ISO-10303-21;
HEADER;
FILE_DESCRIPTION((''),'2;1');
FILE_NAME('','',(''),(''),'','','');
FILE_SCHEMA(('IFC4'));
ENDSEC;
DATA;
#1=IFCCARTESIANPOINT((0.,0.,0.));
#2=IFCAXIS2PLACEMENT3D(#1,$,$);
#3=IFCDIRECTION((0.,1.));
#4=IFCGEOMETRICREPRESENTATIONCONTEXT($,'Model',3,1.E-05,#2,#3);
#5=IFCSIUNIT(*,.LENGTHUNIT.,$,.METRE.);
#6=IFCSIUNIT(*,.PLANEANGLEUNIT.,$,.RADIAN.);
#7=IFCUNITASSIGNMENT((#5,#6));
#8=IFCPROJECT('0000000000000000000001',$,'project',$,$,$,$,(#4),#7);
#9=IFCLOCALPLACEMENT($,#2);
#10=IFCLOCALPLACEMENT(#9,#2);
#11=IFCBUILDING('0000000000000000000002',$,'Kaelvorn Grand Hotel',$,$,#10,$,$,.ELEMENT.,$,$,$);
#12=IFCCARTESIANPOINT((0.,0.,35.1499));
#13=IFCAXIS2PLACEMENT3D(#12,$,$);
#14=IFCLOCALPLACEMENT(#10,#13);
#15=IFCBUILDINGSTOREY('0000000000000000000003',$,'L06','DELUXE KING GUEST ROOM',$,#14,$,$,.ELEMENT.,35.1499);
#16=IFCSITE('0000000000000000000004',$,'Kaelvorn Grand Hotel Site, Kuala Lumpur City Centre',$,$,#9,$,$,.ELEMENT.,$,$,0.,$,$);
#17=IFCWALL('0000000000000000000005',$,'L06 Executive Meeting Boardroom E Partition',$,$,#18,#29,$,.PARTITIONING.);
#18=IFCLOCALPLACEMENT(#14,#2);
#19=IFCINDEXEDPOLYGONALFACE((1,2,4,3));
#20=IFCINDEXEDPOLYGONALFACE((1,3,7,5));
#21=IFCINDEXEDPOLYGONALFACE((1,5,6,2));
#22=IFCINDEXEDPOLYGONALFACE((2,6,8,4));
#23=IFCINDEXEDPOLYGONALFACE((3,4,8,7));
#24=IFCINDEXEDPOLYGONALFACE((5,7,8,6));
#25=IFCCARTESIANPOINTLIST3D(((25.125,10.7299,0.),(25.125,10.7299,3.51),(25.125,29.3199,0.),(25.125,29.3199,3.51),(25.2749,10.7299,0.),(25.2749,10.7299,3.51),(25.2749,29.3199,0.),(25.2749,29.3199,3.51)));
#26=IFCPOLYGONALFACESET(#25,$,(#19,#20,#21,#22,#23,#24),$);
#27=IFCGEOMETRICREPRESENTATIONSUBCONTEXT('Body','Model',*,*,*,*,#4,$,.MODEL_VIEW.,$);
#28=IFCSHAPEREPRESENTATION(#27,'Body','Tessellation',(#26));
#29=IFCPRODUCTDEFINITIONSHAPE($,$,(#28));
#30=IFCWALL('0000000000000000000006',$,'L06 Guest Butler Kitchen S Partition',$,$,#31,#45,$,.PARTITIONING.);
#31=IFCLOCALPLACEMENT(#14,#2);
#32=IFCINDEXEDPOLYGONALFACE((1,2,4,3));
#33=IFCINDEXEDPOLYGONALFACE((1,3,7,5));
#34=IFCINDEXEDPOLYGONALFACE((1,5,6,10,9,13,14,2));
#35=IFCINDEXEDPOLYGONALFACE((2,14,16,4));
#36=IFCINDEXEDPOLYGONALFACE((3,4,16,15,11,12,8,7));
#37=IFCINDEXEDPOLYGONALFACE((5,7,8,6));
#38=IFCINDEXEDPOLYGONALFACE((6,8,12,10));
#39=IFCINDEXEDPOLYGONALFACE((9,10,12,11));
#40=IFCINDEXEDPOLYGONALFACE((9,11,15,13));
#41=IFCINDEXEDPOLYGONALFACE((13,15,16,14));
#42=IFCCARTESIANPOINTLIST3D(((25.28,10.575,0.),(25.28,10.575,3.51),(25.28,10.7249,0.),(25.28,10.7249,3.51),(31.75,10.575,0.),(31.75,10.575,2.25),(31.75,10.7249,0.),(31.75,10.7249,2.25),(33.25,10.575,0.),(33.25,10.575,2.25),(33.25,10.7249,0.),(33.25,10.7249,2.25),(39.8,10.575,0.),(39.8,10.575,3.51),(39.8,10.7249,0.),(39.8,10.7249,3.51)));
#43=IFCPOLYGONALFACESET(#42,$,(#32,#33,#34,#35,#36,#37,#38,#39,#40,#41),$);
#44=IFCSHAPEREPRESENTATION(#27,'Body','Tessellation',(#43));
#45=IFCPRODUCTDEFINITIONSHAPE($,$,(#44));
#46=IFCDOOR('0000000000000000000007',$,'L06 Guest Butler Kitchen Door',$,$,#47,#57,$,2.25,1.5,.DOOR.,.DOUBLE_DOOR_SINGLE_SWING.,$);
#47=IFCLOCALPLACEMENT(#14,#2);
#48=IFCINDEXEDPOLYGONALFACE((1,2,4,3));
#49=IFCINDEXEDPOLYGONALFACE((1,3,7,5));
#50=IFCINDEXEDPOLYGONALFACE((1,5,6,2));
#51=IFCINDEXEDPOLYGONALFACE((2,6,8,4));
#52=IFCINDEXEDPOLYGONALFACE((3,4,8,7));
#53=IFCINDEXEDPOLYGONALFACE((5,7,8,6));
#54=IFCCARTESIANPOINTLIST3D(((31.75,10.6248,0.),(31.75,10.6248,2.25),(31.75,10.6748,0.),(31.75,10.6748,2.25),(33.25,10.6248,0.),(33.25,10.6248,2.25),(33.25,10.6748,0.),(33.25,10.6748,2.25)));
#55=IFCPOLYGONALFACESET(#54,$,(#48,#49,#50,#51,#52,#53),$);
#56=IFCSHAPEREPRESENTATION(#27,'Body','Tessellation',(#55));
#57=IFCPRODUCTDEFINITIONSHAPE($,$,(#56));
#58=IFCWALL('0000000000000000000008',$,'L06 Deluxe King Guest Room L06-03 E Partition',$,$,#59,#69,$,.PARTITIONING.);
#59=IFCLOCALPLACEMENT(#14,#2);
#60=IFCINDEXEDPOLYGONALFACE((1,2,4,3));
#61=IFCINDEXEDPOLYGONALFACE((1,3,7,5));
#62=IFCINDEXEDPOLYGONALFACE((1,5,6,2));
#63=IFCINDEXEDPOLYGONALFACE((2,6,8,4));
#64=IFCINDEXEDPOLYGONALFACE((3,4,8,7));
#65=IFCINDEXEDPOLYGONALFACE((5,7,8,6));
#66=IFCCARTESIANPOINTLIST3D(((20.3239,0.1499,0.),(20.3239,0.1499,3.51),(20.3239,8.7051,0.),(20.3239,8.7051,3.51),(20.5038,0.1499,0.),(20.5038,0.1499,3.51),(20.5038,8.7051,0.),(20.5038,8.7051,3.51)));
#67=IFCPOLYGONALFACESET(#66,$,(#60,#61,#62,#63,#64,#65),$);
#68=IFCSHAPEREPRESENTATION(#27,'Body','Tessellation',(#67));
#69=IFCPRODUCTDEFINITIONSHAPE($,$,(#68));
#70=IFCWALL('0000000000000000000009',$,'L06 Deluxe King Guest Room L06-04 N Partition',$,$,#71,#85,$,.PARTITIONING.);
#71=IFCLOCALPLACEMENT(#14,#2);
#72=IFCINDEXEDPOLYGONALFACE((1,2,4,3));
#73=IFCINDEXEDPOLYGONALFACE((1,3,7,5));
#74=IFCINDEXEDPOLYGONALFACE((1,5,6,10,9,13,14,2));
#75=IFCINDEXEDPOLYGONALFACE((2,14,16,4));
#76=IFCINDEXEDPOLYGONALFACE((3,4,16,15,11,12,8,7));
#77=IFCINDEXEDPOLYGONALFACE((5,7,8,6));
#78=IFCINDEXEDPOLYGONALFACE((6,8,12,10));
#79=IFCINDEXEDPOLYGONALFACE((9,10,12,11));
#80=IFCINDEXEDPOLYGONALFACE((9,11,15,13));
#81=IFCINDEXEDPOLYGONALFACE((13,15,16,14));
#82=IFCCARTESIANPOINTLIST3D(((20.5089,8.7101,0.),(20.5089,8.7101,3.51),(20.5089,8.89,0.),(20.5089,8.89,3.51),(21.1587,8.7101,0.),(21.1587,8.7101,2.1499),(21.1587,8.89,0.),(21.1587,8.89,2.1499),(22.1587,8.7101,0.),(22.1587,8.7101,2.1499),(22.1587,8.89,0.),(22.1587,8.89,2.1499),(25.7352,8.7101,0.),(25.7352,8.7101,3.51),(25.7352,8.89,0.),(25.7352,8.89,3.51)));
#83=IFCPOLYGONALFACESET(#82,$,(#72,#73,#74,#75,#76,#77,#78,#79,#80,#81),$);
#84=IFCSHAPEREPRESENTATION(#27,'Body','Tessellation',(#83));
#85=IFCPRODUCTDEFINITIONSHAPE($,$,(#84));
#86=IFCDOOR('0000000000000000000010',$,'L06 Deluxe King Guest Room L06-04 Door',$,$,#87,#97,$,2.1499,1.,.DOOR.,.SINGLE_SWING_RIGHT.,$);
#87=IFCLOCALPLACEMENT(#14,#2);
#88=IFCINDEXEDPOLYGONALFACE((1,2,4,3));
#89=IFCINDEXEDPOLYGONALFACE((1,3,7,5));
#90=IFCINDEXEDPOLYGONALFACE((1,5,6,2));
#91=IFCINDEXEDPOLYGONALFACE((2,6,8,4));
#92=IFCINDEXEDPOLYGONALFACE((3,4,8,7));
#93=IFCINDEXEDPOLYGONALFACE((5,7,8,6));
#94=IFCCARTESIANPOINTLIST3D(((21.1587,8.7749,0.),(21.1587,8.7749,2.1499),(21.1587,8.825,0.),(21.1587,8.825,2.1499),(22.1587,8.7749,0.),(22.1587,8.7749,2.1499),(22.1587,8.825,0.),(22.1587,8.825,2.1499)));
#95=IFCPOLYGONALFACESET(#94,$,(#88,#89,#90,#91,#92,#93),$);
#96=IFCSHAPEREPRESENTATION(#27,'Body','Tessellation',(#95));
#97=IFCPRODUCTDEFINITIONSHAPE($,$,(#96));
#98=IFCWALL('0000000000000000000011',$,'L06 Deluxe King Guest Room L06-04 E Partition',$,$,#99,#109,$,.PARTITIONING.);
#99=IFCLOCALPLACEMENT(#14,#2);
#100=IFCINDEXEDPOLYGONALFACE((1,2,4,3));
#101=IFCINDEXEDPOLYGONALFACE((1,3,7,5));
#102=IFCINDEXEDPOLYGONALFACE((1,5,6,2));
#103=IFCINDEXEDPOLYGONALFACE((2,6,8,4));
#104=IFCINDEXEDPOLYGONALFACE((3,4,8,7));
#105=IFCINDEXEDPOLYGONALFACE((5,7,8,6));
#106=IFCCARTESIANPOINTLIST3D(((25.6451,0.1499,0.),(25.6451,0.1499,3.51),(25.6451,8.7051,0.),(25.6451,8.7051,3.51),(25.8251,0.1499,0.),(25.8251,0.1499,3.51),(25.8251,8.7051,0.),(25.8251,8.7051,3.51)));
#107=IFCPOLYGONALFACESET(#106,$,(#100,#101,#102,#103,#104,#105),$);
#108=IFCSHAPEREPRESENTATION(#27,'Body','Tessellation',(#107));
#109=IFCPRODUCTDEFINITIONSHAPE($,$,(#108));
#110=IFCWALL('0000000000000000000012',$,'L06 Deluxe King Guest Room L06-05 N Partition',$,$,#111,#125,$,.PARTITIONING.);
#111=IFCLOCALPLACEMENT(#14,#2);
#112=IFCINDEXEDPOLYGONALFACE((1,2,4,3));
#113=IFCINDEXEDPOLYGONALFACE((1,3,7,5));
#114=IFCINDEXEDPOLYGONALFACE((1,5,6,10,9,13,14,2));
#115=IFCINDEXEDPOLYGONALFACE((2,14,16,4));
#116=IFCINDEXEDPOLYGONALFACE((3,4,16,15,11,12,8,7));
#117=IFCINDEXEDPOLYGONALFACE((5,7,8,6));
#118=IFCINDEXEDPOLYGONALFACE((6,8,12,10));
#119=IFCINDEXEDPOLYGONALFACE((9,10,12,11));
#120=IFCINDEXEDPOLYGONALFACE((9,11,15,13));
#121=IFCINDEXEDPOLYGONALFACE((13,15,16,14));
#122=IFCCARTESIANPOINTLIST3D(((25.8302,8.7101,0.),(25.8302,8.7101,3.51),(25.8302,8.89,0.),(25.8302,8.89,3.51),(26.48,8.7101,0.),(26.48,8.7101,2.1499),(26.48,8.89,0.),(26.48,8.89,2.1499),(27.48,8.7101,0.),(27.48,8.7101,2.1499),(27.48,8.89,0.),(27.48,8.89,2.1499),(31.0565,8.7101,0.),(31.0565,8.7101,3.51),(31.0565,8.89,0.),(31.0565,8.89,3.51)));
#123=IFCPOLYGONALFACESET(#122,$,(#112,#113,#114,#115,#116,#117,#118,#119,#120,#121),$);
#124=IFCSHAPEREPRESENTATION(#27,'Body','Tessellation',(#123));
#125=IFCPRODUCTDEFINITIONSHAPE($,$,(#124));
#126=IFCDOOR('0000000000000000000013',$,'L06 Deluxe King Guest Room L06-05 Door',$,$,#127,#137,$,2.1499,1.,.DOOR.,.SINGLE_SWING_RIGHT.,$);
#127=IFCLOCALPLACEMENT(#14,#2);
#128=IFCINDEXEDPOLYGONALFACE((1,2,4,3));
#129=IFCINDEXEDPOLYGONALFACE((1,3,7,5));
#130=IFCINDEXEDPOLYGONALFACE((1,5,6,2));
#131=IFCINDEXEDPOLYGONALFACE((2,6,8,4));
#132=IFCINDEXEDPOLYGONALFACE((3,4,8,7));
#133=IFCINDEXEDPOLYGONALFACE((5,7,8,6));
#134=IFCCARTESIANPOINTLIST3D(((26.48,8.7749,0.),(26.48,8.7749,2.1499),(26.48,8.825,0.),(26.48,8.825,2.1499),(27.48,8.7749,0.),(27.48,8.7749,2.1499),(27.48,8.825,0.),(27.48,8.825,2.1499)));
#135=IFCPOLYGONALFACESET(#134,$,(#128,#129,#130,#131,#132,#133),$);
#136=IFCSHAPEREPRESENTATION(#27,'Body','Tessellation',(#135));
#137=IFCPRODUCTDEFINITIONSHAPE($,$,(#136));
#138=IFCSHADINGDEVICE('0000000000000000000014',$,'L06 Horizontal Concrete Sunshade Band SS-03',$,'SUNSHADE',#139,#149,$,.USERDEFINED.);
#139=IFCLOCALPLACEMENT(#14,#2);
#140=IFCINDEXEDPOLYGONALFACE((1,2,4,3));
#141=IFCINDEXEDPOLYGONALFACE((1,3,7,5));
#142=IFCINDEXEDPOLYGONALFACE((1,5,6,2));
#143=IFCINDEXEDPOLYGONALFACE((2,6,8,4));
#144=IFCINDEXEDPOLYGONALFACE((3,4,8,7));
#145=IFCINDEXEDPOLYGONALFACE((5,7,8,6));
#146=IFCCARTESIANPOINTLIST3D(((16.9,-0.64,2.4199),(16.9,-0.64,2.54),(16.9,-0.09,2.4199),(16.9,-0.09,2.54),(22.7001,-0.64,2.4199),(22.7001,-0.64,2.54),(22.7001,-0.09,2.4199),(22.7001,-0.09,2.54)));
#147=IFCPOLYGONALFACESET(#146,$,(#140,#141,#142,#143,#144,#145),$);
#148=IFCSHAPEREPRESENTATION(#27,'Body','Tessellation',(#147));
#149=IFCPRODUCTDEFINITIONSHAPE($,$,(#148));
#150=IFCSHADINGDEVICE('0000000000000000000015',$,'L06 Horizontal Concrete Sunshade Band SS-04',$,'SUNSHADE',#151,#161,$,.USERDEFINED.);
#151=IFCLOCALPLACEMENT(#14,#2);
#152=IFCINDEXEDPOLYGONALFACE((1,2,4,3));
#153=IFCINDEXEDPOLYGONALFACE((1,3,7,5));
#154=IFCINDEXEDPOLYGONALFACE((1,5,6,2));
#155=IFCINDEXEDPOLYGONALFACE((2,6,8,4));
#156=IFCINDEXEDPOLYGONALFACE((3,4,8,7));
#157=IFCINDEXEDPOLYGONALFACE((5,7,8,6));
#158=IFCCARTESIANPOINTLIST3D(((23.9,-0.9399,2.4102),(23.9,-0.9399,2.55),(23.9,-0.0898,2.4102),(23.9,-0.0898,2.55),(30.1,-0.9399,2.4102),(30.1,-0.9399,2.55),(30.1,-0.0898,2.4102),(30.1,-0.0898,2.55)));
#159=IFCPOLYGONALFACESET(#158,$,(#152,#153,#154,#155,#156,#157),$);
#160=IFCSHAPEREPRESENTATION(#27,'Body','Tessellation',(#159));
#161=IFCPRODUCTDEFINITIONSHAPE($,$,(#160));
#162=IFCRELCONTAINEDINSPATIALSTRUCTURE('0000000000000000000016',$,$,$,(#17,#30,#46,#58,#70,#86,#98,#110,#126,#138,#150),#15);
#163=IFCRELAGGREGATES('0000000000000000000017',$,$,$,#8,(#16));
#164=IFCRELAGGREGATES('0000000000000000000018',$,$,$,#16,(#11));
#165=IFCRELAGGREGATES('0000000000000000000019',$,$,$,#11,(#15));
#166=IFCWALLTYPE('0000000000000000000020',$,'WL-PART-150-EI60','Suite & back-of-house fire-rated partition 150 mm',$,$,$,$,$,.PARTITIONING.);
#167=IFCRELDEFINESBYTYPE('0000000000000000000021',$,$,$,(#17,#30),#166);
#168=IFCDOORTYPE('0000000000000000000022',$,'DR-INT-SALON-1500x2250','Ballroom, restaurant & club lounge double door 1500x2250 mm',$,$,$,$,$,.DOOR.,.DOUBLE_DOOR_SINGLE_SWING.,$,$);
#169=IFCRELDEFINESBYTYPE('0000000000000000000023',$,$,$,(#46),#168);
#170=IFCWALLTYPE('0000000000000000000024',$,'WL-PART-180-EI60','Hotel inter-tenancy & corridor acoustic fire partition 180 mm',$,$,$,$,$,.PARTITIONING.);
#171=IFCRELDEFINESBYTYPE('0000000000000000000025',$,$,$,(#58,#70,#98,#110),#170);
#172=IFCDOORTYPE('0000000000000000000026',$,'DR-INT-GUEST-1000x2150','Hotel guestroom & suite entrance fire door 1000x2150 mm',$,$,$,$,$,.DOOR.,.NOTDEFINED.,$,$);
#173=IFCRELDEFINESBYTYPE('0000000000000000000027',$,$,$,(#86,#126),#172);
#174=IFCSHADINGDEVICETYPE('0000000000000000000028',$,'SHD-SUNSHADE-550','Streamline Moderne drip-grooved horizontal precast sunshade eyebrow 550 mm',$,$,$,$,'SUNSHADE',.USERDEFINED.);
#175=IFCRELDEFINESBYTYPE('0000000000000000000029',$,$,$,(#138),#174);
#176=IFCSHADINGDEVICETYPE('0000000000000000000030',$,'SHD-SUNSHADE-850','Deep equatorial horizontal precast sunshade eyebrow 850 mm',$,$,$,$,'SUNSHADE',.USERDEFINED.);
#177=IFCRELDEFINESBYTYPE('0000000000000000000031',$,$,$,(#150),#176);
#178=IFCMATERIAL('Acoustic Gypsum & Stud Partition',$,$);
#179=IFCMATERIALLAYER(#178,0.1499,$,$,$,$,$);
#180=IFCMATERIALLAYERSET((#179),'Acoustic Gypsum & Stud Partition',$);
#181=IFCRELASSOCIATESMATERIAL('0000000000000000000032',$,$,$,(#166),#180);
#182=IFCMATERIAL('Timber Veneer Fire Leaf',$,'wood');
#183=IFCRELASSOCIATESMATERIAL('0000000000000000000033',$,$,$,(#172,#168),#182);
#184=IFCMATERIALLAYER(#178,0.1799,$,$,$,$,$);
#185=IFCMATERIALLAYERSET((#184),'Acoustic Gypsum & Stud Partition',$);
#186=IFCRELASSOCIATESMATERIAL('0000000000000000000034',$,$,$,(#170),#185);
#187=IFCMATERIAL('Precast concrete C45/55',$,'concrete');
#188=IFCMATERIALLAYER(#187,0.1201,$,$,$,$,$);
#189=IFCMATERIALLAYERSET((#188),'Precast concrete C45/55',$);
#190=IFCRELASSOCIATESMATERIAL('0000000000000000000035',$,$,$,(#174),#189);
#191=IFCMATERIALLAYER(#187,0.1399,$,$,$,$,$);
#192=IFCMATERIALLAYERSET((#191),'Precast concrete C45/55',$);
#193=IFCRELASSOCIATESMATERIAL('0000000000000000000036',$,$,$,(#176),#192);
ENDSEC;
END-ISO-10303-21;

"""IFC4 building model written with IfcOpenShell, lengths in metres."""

from ifc_helpers import new_model, si_unit, direction, frame, frame_2d, origin, origin_2d, place, context, subcontext, project, spatial, rectangle, extrude, material, layer, layer_set, type_object, element, fill, save


model = new_model("IFC4")

# Units and contexts
model_context = context("Model", 3, precision=1e-05, world=origin(), true_north=direction((0.0, 1.0)))
body_context = subcontext(model_context, "Body", "Model", "MODEL_VIEW")
ifc_project = project(units=[si_unit("LENGTHUNIT", "METRE"), si_unit("PLANEANGLEUNIT", "RADIAN")], contexts=[model_context])

# Site, building, storey
site_placement = place(None, origin())
site = spatial("IfcSite", under=ifc_project, at=site_placement, Name="Kaelvorn Grand Hotel Site, Kuala Lumpur City Centre", CompositionType="ELEMENT", RefElevation=0.0)
building_placement = place(site_placement, origin())
building = spatial("IfcBuilding", under=site, at=building_placement, Name="Kaelvorn Grand Hotel", CompositionType="ELEMENT")
storey_placement = place(building_placement, frame((0.0, 0.0, 35.1499)))
storey = spatial("IfcBuildingStorey", under=building, at=storey_placement, Name="L06", Description="DELUXE KING GUEST ROOM", CompositionType="ELEMENT", Elevation=35.1499)

# Shared definitions
ifc_material_1 = material(Name="Acoustic Gypsum & Stud Partition")
ifc_layer_1 = layer(ifc_material_1, 0.1499)
ifc_layer_set_1 = layer_set([ifc_layer_1], Name="Acoustic Gypsum & Stud Partition")
wall_type_1 = type_object("IfcWallType", Name="WL-PART-150-EI60", Description="Suite & back-of-house fire-rated partition 150 mm", PredefinedType="PARTITIONING", material=ifc_layer_set_1)
ifc_material_2 = material(Name="Timber Veneer Fire Leaf", Category="wood")
door_type_1 = type_object("IfcDoorType", Name="DR-INT-GUEST-1000x2150", Description="Hotel guestroom & suite entrance fire door 1000x2150 mm", OperationType="NOTDEFINED", PredefinedType="DOOR", material=ifc_material_2)

# Wall
wall_1_placement = place(storey_placement, frame((25.2, 10.73, 0.0), z_axis=(0.0, 0.0, 1.0), x_axis=(0.0, 1.0, 0.0)))
element("IfcWall", 1, at=wall_1_placement, inside=storey, type_object=wall_type_1, Name="L06 Executive Meeting Boardroom E Partition", PredefinedType="PARTITIONING", context=body_context, shape_type="SweptSolid", body=[
    extrude(rectangle(XDim=18.5901, YDim=0.1499, at=frame_2d((9.2949, 0.0))), origin(), (0.0, 0.0, 1.0), 3.51),
])

# Wall, opening, door
wall_2_placement = place(storey_placement, frame((25.28, 10.6499, 0.0), z_axis=(0.0, 0.0, 1.0), x_axis=(1.0, 0.0, 0.0)))
wall_2 = element("IfcWall", 2, at=wall_2_placement, inside=storey, type_object=wall_type_1, Name="L06 Guest Butler Kitchen S Partition", PredefinedType="PARTITIONING", context=body_context, shape_type="SweptSolid", body=[
    extrude(rectangle(XDim=14.52, YDim=0.1499, at=frame_2d((7.26, 0.0))), origin(), (0.0, 0.0, 1.0), 3.51),
])
opening_1_placement = place(wall_2_placement, frame((6.47, 0.0, 0.0)))
opening_1 = element("IfcOpeningElement", 3, at=opening_1_placement, cuts=wall_2, PredefinedType="OPENING", context=body_context, shape_type="SweptSolid", body=[
    extrude(rectangle(XDim=1.5, YDim=2.25, at=frame_2d((0.75, 1.125))), frame((0.0, 0.085, 0.0), z_axis=(0.0, -1.0, 0.0), x_axis=(1.0, 0.0, 0.0)), (0.0, 0.0, 1.0), 0.1699),
])
door_type_2 = type_object("IfcDoorType", Name="DR-INT-SALON-1500x2250", Description="Ballroom, restaurant & club lounge double door 1500x2250 mm", OperationType="DOUBLE_DOOR_SINGLE_SWING", PredefinedType="DOOR", material=ifc_material_2)
door_1_placement = place(opening_1_placement, origin())
door_1 = element("IfcDoor", 4, at=door_1_placement, inside=storey, type_object=door_type_2, Name="L06 Guest Butler Kitchen Door", OperationType="DOUBLE_DOOR_SINGLE_SWING", OverallHeight=2.25, OverallWidth=1.5, PredefinedType="DOOR", context=body_context, shape_type="SweptSolid", body=[
    extrude(rectangle(XDim=1.5, YDim=2.25, at=frame_2d((0.75, 1.125))), frame((0.0, 0.0249, 0.0), z_axis=(0.0, -1.0, 0.0), x_axis=(1.0, 0.0, 0.0)), (0.0, 0.0, 1.0), 0.05),
])
fill(opening_1, door_1)

# Wall
ifc_layer_2 = layer(ifc_material_1, 0.1799)
ifc_layer_set_2 = layer_set([ifc_layer_2], Name="Acoustic Gypsum & Stud Partition")
wall_type_2 = type_object("IfcWallType", Name="WL-PART-180-EI60", Description="Hotel inter-tenancy & corridor acoustic fire partition 180 mm", PredefinedType="PARTITIONING", material=ifc_layer_set_2)
wall_3_placement = place(storey_placement, frame((20.4138, 0.1499, 0.0), z_axis=(0.0, 0.0, 1.0), x_axis=(0.0, 1.0, 0.0)))
element("IfcWall", 5, at=wall_3_placement, inside=storey, type_object=wall_type_2, Name="L06 Deluxe King Guest Room L06-03 E Partition", PredefinedType="PARTITIONING", context=body_context, shape_type="SweptSolid", body=[
    extrude(rectangle(XDim=8.5552, YDim=0.1799, at=frame_2d((4.2776, 0.0))), origin(), (0.0, 0.0, 1.0), 3.51),
])

# Wall, opening, door
wall_4_placement = place(storey_placement, frame((20.5088, 8.8, 0.0), z_axis=(0.0, 0.0, 1.0), x_axis=(1.0, 0.0, 0.0)))
wall_4 = element("IfcWall", 6, at=wall_4_placement, inside=storey, type_object=wall_type_2, Name="L06 Deluxe King Guest Room L06-04 N Partition", PredefinedType="PARTITIONING", context=body_context, shape_type="SweptSolid", body=[
    extrude(rectangle(XDim=5.2263, YDim=0.1799, at=frame_2d((2.6133, 0.0))), origin(), (0.0, 0.0, 1.0), 3.51),
])
opening_2_placement = place(wall_4_placement, frame((0.6499, 0.0, 0.0)))
opening_2 = element("IfcOpeningElement", 7, at=opening_2_placement, cuts=wall_4, PredefinedType="OPENING", context=body_context, shape_type="SweptSolid", body=[
    extrude(rectangle(XDim=1.0, YDim=2.1499, at=frame_2d((0.5, 1.075))), frame((0.0, 0.1001, 0.0), z_axis=(0.0, -1.0, 0.0), x_axis=(1.0, 0.0, 0.0)), (0.0, 0.0, 1.0), 0.2),
])
door_2_placement = place(opening_2_placement, origin())
door_2 = element("IfcDoor", 8, at=door_2_placement, inside=storey, type_object=door_type_1, Name="L06 Deluxe King Guest Room L06-04 Door", OperationType="SINGLE_SWING_RIGHT", OverallHeight=2.1499, OverallWidth=1.0, PredefinedType="DOOR", context=body_context, shape_type="SweptSolid", body=[
    extrude(rectangle(XDim=1.0, YDim=2.1499, at=frame_2d((0.5, 1.075))), frame((0.0, 0.0249, 0.0), z_axis=(0.0, -1.0, 0.0), x_axis=(1.0, 0.0, 0.0)), (0.0, 0.0, 1.0), 0.05),
])
fill(opening_2, door_2)

# Wall
wall_5_placement = place(storey_placement, frame((25.7351, 0.1499, 0.0), z_axis=(0.0, 0.0, 1.0), x_axis=(0.0, 1.0, 0.0)))
element("IfcWall", 9, at=wall_5_placement, inside=storey, type_object=wall_type_2, Name="L06 Deluxe King Guest Room L06-04 E Partition", PredefinedType="PARTITIONING", context=body_context, shape_type="SweptSolid", body=[
    extrude(rectangle(XDim=8.5552, YDim=0.1799, at=frame_2d((4.2776, 0.0))), origin(), (0.0, 0.0, 1.0), 3.51),
])

# Wall, opening, door
wall_6_placement = place(storey_placement, frame((25.8301, 8.8, 0.0), z_axis=(0.0, 0.0, 1.0), x_axis=(1.0, 0.0, 0.0)))
wall_6 = element("IfcWall", 10, at=wall_6_placement, inside=storey, type_object=wall_type_2, Name="L06 Deluxe King Guest Room L06-05 N Partition", PredefinedType="PARTITIONING", context=body_context, shape_type="SweptSolid", body=[
    extrude(rectangle(XDim=5.2263, YDim=0.1799, at=frame_2d((2.6133, 0.0))), origin(), (0.0, 0.0, 1.0), 3.51),
])
opening_3_placement = place(wall_6_placement, frame((0.6499, 0.0, 0.0)))
opening_3 = element("IfcOpeningElement", 11, at=opening_3_placement, cuts=wall_6, PredefinedType="OPENING", context=body_context, shape_type="SweptSolid", body=[
    extrude(rectangle(XDim=1.0, YDim=2.1499, at=frame_2d((0.5, 1.075))), frame((0.0, 0.1001, 0.0), z_axis=(0.0, -1.0, 0.0), x_axis=(1.0, 0.0, 0.0)), (0.0, 0.0, 1.0), 0.2),
])
door_3_placement = place(opening_3_placement, origin())
door_3 = element("IfcDoor", 12, at=door_3_placement, inside=storey, type_object=door_type_1, Name="L06 Deluxe King Guest Room L06-05 Door", OperationType="SINGLE_SWING_RIGHT", OverallHeight=2.1499, OverallWidth=1.0, PredefinedType="DOOR", context=body_context, shape_type="SweptSolid", body=[
    extrude(rectangle(XDim=1.0, YDim=2.1499, at=frame_2d((0.5, 1.075))), frame((0.0, 0.0249, 0.0), z_axis=(0.0, -1.0, 0.0), x_axis=(1.0, 0.0, 0.0)), (0.0, 0.0, 1.0), 0.05),
])
fill(opening_3, door_3)

# Shading devices
ifc_material_3 = material(Name="Precast concrete C45/55", Category="concrete")
ifc_layer_3 = layer(ifc_material_3, 0.1201)
ifc_layer_set_3 = layer_set([ifc_layer_3], Name="Precast concrete C45/55")
shading_device_type_1 = type_object("IfcShadingDeviceType", Name="SHD-SUNSHADE-550", Description="Streamline Moderne drip-grooved horizontal precast sunshade eyebrow 550 mm", ElementType="SUNSHADE", PredefinedType="USERDEFINED", material=ifc_layer_set_3)
shading_device_1_placement = place(storey_placement, frame((19.8, -0.365, 2.4199), z_axis=(0.0, 0.0, 1.0), x_axis=(1.0, 0.0, 0.0)))
element("IfcShadingDevice", 13, at=shading_device_1_placement, inside=storey, type_object=shading_device_type_1, Name="L06 Horizontal Concrete Sunshade Band SS-03", ObjectType="SUNSHADE", PredefinedType="USERDEFINED", context=body_context, shape_type="SweptSolid", body=[
    extrude(rectangle(XDim=5.8, YDim=0.55, at=origin_2d()), origin(), (0.0, 0.0, 1.0), 0.1201),
])
ifc_layer_4 = layer(ifc_material_3, 0.1399)
ifc_layer_set_4 = layer_set([ifc_layer_4], Name="Precast concrete C45/55")
shading_device_type_2 = type_object("IfcShadingDeviceType", Name="SHD-SUNSHADE-850", Description="Deep equatorial horizontal precast sunshade eyebrow 850 mm", ElementType="SUNSHADE", PredefinedType="USERDEFINED", material=ifc_layer_set_4)
shading_device_2_placement = place(storey_placement, frame((27.0, -0.5149, 2.4102), z_axis=(0.0, 0.0, 1.0), x_axis=(1.0, 0.0, 0.0)))
element("IfcShadingDevice", 14, at=shading_device_2_placement, inside=storey, type_object=shading_device_type_2, Name="L06 Horizontal Concrete Sunshade Band SS-04", ObjectType="SUNSHADE", PredefinedType="USERDEFINED", context=body_context, shape_type="SweptSolid", body=[
    extrude(rectangle(XDim=6.2, YDim=0.8501, at=origin_2d()), origin(), (0.0, 0.0, 1.0), 0.1399),
])

save(model, "model.ifc")
